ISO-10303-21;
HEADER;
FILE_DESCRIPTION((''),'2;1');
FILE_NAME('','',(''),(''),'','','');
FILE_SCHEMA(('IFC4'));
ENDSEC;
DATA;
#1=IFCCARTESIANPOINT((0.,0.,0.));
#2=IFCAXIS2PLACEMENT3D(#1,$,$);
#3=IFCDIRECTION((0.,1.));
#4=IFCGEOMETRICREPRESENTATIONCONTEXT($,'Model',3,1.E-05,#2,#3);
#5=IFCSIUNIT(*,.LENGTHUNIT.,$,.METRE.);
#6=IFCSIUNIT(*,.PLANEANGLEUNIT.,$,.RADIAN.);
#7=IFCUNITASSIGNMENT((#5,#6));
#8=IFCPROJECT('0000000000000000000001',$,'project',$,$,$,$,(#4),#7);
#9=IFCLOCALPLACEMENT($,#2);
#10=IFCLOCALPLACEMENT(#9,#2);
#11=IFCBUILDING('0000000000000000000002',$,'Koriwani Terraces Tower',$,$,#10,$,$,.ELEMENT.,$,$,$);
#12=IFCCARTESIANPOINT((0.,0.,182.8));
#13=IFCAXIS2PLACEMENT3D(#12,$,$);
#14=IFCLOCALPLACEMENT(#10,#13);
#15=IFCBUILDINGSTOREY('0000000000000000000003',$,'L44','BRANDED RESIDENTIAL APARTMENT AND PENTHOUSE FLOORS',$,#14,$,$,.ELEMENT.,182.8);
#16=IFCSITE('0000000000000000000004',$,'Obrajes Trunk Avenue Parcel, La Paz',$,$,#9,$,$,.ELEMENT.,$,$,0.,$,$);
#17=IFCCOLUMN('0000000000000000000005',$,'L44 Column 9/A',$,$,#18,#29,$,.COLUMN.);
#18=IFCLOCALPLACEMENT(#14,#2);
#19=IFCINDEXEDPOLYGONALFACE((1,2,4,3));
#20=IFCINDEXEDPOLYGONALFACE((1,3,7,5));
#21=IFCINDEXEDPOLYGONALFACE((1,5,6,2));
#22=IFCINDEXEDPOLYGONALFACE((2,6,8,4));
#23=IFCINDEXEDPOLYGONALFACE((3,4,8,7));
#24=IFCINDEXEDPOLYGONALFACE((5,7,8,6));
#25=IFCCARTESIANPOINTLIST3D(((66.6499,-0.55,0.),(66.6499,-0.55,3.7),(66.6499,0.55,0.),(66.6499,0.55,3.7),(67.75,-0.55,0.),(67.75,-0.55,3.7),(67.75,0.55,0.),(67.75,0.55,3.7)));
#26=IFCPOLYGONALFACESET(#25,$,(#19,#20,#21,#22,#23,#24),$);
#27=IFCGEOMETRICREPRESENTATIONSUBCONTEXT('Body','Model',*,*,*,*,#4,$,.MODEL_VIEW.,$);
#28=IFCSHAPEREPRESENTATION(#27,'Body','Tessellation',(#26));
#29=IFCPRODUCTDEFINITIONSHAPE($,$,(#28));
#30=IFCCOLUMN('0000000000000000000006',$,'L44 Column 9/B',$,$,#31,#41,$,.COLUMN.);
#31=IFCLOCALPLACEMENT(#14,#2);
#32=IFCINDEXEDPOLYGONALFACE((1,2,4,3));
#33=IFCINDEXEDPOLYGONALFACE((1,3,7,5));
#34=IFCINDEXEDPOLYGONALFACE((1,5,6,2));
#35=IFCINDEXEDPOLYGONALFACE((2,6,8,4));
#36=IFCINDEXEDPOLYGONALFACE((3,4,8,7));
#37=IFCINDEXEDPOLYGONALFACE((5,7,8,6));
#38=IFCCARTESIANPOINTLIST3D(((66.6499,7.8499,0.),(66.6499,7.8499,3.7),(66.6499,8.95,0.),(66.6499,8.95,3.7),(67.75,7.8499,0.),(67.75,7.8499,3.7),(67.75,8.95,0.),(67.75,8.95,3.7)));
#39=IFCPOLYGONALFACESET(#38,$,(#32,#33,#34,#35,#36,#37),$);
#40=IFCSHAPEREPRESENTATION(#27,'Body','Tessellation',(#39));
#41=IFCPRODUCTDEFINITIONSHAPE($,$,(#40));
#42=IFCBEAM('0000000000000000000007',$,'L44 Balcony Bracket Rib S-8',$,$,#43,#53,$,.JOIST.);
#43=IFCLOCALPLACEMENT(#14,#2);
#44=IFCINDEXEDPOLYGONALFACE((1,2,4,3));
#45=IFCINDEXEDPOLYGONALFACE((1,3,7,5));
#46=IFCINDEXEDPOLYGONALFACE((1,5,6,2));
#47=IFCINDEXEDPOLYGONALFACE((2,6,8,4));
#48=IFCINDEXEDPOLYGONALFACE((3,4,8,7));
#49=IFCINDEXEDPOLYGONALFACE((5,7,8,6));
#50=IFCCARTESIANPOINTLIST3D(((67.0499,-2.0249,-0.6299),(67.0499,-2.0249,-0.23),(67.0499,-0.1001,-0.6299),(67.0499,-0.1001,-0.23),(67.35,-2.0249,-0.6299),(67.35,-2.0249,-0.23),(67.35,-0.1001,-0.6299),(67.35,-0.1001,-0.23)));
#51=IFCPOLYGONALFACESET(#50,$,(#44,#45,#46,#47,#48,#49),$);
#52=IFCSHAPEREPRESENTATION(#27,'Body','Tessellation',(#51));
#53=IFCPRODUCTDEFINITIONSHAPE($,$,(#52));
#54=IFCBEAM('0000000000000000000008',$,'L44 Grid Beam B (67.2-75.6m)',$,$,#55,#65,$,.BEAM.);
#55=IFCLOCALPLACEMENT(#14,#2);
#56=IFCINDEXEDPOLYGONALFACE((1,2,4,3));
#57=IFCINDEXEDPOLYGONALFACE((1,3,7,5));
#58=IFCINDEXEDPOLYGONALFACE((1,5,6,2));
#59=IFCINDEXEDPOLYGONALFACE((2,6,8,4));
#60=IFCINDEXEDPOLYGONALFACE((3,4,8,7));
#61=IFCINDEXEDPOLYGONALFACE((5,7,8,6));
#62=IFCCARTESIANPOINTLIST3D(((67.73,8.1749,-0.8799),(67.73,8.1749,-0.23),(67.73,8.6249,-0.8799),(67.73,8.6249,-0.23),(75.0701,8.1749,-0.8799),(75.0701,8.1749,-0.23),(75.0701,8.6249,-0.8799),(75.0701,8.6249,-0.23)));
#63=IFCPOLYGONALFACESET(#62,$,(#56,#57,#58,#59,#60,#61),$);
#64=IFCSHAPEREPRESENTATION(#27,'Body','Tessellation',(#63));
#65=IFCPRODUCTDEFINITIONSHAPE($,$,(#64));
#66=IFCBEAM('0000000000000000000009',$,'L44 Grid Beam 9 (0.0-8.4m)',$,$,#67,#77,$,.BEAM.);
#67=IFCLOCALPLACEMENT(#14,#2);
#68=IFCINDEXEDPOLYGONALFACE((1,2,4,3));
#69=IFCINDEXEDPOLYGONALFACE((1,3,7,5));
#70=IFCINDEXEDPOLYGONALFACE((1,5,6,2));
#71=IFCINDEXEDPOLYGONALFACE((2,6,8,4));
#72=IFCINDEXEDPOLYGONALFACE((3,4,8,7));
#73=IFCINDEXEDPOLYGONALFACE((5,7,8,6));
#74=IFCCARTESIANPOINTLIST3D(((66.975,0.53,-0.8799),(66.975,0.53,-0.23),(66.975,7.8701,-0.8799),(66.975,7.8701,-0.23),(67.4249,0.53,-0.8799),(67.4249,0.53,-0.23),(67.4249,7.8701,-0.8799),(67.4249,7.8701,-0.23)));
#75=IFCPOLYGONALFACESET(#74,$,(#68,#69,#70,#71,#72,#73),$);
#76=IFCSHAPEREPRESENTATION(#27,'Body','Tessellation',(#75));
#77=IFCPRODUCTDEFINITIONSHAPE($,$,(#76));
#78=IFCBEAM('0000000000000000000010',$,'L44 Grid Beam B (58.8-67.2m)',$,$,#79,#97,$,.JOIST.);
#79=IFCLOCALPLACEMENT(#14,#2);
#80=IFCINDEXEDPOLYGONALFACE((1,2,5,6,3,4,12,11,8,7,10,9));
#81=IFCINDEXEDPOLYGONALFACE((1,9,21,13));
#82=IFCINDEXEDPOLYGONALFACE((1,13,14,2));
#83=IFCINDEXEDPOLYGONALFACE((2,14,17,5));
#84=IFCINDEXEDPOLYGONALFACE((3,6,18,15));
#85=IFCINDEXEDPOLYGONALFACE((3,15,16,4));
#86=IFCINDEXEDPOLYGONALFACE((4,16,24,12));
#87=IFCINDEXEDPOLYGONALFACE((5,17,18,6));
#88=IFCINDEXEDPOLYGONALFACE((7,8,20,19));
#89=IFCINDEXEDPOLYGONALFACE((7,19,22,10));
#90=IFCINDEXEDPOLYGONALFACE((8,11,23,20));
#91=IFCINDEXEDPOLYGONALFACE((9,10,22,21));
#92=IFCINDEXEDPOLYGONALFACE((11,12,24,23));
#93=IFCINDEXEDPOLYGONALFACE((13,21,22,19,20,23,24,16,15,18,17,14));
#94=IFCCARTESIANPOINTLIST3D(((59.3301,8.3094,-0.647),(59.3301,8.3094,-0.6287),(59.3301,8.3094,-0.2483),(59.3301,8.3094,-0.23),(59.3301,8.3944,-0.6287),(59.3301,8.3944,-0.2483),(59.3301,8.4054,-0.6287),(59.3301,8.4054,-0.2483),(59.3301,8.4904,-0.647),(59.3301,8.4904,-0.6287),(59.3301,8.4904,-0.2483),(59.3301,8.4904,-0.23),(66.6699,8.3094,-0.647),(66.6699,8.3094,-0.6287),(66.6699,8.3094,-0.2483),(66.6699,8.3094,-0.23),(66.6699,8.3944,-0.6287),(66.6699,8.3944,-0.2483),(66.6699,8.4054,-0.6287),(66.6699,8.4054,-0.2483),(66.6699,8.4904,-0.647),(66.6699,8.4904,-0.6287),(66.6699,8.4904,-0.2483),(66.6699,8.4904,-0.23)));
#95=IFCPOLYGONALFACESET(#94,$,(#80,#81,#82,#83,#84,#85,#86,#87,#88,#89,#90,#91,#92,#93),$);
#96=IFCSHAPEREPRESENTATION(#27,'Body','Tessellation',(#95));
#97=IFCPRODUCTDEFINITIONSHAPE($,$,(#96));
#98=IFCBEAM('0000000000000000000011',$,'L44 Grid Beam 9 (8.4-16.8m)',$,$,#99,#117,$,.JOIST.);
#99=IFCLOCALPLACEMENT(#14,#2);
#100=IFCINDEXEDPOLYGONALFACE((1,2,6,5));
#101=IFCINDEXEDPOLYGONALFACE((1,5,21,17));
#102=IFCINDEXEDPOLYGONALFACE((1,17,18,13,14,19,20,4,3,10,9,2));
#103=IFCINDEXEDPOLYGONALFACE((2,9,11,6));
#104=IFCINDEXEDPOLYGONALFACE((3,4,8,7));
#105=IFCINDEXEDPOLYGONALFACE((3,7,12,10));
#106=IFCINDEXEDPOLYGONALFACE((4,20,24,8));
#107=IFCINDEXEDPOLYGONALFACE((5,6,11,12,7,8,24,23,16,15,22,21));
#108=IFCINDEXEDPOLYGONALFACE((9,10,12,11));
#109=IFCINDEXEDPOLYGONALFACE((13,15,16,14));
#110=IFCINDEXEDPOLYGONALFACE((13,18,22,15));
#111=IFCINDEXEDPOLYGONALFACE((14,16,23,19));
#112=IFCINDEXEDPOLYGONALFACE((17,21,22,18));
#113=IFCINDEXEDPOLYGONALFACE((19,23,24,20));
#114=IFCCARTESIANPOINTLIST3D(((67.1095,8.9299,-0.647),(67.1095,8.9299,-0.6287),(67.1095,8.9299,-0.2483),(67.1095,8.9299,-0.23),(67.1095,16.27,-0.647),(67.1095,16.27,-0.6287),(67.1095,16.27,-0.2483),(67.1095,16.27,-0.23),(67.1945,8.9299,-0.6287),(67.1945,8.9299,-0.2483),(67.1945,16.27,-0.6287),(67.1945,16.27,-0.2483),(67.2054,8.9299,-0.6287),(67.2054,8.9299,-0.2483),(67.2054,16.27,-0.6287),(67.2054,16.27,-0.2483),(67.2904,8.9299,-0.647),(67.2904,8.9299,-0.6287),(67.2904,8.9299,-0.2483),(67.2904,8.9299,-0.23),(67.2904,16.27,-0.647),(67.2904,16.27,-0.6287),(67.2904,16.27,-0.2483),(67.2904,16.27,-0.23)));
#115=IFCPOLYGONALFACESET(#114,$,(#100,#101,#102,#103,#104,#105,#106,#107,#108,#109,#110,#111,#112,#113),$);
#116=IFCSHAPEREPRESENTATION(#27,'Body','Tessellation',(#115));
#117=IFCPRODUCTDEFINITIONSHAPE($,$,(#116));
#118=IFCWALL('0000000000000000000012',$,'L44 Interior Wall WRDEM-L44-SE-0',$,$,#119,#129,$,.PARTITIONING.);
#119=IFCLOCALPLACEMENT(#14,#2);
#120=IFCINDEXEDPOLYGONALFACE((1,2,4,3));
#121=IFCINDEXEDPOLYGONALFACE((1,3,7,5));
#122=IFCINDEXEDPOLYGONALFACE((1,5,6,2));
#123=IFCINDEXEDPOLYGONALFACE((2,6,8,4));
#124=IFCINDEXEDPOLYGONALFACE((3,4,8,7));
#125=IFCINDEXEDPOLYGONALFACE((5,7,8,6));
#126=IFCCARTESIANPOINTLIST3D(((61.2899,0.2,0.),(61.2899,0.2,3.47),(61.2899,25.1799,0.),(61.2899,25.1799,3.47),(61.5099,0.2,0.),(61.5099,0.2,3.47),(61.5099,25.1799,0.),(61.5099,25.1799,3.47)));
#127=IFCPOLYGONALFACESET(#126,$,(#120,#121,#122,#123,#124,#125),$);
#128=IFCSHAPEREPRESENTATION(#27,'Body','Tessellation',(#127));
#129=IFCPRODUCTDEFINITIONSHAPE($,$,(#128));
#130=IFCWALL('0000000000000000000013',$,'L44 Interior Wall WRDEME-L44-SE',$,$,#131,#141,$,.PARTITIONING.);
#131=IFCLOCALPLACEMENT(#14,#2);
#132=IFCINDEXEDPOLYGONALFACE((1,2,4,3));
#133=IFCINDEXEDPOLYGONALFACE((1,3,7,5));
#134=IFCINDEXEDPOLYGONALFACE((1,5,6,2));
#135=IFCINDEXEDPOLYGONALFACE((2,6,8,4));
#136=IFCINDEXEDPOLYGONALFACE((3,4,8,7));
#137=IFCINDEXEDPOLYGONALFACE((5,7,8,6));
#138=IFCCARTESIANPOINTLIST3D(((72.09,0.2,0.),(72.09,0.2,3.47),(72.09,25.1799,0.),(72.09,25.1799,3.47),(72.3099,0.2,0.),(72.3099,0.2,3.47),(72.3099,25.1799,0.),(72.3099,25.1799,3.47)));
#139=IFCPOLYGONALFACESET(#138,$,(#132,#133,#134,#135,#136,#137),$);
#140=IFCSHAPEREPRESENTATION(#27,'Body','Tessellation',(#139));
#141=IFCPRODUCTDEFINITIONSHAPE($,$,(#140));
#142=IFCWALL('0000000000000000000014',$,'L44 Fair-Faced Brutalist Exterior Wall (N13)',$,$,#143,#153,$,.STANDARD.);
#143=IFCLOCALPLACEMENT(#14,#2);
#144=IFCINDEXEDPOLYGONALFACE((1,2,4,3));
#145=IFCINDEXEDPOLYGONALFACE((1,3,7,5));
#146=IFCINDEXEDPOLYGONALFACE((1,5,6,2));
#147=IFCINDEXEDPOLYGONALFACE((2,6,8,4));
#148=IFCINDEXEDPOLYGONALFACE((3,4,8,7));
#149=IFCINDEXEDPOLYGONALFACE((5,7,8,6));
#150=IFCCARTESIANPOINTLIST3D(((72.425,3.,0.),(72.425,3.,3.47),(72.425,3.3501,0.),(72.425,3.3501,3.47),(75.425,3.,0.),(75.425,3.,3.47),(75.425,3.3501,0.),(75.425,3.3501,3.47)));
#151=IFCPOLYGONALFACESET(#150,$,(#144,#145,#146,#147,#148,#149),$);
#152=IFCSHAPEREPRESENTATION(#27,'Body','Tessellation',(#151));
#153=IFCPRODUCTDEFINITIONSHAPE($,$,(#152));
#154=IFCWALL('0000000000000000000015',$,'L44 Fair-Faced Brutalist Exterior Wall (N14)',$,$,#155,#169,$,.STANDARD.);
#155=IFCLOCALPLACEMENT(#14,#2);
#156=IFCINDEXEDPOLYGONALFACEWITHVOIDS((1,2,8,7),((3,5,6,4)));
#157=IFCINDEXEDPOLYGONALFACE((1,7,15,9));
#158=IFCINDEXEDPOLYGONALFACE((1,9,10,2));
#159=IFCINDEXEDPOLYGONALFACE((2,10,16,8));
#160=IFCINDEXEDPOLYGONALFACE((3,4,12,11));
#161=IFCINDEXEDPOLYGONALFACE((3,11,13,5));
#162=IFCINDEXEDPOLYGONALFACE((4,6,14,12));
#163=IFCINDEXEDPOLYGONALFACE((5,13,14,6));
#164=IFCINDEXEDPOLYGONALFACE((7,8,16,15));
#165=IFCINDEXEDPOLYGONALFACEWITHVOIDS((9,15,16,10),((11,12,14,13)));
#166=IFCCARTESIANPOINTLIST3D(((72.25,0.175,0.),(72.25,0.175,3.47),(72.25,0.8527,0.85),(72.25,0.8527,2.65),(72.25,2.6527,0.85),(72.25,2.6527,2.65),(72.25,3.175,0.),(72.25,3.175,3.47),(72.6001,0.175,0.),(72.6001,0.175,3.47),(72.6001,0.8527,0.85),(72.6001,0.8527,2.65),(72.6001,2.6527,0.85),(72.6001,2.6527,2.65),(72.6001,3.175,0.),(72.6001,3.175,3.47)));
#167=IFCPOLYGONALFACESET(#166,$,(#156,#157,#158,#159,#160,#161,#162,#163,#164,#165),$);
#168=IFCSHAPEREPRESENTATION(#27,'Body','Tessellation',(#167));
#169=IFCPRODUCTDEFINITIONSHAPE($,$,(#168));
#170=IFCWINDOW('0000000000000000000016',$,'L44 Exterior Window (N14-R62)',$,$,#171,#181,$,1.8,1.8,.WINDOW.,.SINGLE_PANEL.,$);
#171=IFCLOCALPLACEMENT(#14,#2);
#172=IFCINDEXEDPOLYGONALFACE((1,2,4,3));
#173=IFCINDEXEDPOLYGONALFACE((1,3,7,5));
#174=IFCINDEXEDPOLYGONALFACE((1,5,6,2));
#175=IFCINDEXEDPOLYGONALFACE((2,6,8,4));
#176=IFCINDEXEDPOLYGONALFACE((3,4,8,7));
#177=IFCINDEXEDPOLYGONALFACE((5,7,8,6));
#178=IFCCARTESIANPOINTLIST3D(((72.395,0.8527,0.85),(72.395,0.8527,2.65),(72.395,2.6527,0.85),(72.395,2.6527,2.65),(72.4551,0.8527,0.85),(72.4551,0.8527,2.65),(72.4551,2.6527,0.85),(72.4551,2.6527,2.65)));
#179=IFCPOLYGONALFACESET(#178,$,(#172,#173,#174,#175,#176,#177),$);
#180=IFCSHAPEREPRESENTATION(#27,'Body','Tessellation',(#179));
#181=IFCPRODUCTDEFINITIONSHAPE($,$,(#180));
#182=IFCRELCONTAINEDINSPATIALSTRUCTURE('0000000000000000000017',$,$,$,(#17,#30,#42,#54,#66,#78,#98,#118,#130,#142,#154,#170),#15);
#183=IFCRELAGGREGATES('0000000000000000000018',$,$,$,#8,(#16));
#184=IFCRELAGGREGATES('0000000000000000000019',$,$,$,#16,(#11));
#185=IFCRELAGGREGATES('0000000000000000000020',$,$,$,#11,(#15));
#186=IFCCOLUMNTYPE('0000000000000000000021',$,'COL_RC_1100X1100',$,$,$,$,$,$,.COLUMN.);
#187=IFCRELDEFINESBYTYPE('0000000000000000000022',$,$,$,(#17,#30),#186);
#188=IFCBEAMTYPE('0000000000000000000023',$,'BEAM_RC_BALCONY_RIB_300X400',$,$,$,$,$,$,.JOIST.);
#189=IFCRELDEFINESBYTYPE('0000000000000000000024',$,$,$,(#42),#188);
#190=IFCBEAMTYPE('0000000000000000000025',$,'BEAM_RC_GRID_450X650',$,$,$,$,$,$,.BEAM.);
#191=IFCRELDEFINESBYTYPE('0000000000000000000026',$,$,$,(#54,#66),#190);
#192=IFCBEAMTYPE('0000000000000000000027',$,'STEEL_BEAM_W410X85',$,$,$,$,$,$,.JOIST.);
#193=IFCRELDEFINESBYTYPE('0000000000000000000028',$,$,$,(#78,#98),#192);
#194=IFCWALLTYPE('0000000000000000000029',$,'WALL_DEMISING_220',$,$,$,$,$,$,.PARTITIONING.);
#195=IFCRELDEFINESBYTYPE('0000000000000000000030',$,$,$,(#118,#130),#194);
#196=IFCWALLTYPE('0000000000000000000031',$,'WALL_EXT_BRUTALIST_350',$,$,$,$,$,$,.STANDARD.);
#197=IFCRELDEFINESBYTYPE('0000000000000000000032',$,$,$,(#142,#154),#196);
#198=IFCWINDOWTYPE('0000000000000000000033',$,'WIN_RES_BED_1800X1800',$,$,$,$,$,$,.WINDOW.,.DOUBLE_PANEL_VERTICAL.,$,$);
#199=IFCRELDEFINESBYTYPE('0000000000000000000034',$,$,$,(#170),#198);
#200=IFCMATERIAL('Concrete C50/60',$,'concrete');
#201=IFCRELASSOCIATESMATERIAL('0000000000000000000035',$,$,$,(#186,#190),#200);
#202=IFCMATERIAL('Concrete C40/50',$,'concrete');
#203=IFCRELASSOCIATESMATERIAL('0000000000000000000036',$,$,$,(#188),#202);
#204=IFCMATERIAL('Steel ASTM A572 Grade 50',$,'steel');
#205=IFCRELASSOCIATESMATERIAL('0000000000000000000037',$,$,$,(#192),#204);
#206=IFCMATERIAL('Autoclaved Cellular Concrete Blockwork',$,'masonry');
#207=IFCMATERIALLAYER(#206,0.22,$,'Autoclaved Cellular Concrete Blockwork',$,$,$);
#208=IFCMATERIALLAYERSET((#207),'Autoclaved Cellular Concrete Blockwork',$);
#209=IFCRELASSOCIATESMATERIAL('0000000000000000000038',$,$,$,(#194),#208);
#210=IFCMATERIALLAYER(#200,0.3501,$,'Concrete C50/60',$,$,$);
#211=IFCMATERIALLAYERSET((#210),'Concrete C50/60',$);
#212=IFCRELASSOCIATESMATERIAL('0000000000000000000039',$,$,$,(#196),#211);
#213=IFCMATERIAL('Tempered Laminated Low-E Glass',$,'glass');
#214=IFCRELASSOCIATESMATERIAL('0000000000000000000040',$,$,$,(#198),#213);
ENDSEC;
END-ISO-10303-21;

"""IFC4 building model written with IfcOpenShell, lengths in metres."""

from ifc_helpers import new_model, si_unit, direction, frame, frame_2d, origin, origin_2d, place, context, subcontext, project, spatial, rectangle, i_section, extrude, material, layer, layer_set, material_profile, profile_set, type_object, element, fill, save


model = new_model("IFC4")

# Units and contexts
model_context = context("Model", 3, precision=1e-05, world=origin(), true_north=direction((0.0, 1.0)))
body_context = subcontext(model_context, "Body", "Model", "MODEL_VIEW")
ifc_project = project(units=[si_unit("LENGTHUNIT", "METRE"), si_unit("PLANEANGLEUNIT", "RADIAN")], contexts=[model_context])

# Site, building, storey
site_placement = place(None, origin())
site = spatial("IfcSite", under=ifc_project, at=site_placement, Name="Obrajes Trunk Avenue Parcel, La Paz", CompositionType="ELEMENT", RefElevation=0.0)
building_placement = place(site_placement, origin())
building = spatial("IfcBuilding", under=site, at=building_placement, Name="Koriwani Terraces Tower", CompositionType="ELEMENT")
storey_placement = place(building_placement, frame((0.0, 0.0, 182.8)))
storey = spatial("IfcBuildingStorey", under=building, at=storey_placement, Name="L44", Description="BRANDED RESIDENTIAL APARTMENT AND PENTHOUSE FLOORS", CompositionType="ELEMENT", Elevation=182.8)

# Columns
ifc_material_1 = material(Name="Concrete C50/60", Category="concrete")
ifc_material_profile_1 = material_profile(ifc_material_1, rectangle(XDim=1.1001, YDim=1.1001, at=origin_2d()), Name="Concrete C50/60", Category="LoadBearing")
ifc_profile_set_1 = profile_set([ifc_material_profile_1], Name="Concrete C50/60")
column_type = type_object("IfcColumnType", Name="COL_RC_1100X1100", PredefinedType="COLUMN", material=ifc_profile_set_1)
for number, where, z_axis, x_axis, name in (
    (1, (67.2, 0.0, 0.0), (0.0, 0.0, 1.0), (1.0, 0.0, 0.0), "L44 Column 9/A"),
    (2, (67.2, 8.3999, 0.0), (0.0, 0.0, 1.0), (1.0, 0.0, 0.0), "L44 Column 9/B"),
):
    element("IfcColumn", number, at=place(storey_placement, frame(where, z_axis=z_axis, x_axis=x_axis)), inside=storey, type_object=column_type, Name=name, PredefinedType="COLUMN", context=body_context, shape_type="SweptSolid", body=[
        extrude(rectangle(XDim=1.1001, YDim=1.1001, at=origin_2d()), origin(), (0.0, 0.0, 1.0), 3.7),
    ])

# Beams
ifc_material_2 = material(Name="Concrete C40/50", Category="concrete")
ifc_material_profile_2 = material_profile(ifc_material_2, rectangle(XDim=0.3, YDim=0.3999, at=origin_2d()), Name="Concrete C40/50", Category="LoadBearing")
ifc_profile_set_2 = profile_set([ifc_material_profile_2], Name="Concrete C40/50")
beam_type_1 = type_object("IfcBeamType", Name="BEAM_RC_BALCONY_RIB_300X400", PredefinedType="JOIST", material=ifc_profile_set_2)
beam_1_placement = place(storey_placement, frame((67.2, -2.0249, -0.4299), z_axis=(0.0, 1.0, 0.0), x_axis=(-1.0, 0.0, 0.0)))
element("IfcBeam", 3, at=beam_1_placement, inside=storey, type_object=beam_type_1, Name="L44 Balcony Bracket Rib S-8", PredefinedType="JOIST", context=body_context, shape_type="SweptSolid", body=[
    extrude(rectangle(XDim=0.3, YDim=0.3999, at=origin_2d()), origin(), (0.0, 0.0, 1.0), 1.9248),
])
ifc_material_profile_3 = material_profile(ifc_material_1, rectangle(XDim=0.45, YDim=0.6499, at=origin_2d()), Name="Concrete C50/60", Category="LoadBearing")
ifc_profile_set_3 = profile_set([ifc_material_profile_3], Name="Concrete C50/60")
beam_type_2 = type_object("IfcBeamType", Name="BEAM_RC_GRID_450X650", PredefinedType="BEAM", material=ifc_profile_set_3)
for number, where, z_axis, x_axis, name in (
    (4, (67.73, 8.3999, -0.5549), (1.0, 0.0, 0.0), (0.0, 1.0, 0.0), "L44 Grid Beam B (67.2-75.6m)"),
    (5, (67.2, 0.53, -0.5549), (0.0, 1.0, 0.0), (-1.0, 0.0, 0.0), "L44 Grid Beam 9 (0.0-8.4m)"),
):
    element("IfcBeam", number, at=place(storey_placement, frame(where, z_axis=z_axis, x_axis=x_axis)), inside=storey, type_object=beam_type_2, Name=name, PredefinedType="BEAM", context=body_context, shape_type="SweptSolid", body=[
        extrude(rectangle(XDim=0.45, YDim=0.6499, at=origin_2d()), origin(), (0.0, 0.0, 1.0), 7.3401),
    ])
ifc_material_3 = material(Name="Steel ASTM A572 Grade 50", Category="steel")
ifc_material_profile_4 = material_profile(ifc_material_3, i_section(OverallWidth=0.1809, OverallDepth=0.417, WebThickness=0.011, FlangeThickness=0.0183, at=origin_2d()), Name="Steel ASTM A572 Grade 50", Category="LoadBearing")
ifc_profile_set_4 = profile_set([ifc_material_profile_4], Name="Steel ASTM A572 Grade 50")
beam_type_3 = type_object("IfcBeamType", Name="STEEL_BEAM_W410X85", PredefinedType="JOIST", material=ifc_profile_set_4)
beam_2_placement = place(storey_placement, frame((59.3301, 8.3999, -0.4385), z_axis=(1.0, 0.0, 0.0), x_axis=(0.0, 1.0, 0.0)))
element("IfcBeam", 6, at=beam_2_placement, inside=storey, type_object=beam_type_3, Name="L44 Grid Beam B (58.8-67.2m)", PredefinedType="JOIST", context=body_context, shape_type="SweptSolid", body=[
    extrude(i_section(OverallWidth=0.1809, OverallDepth=0.417, WebThickness=0.011, FlangeThickness=0.0183, at=origin_2d()), origin(), (0.0, 0.0, 1.0), 7.3398),
])
beam_3_placement = place(storey_placement, frame((67.2, 8.9299, -0.4385), z_axis=(0.0, 1.0, 0.0), x_axis=(-1.0, 0.0, 0.0)))
element("IfcBeam", 7, at=beam_3_placement, inside=storey, type_object=beam_type_3, Name="L44 Grid Beam 9 (8.4-16.8m)", PredefinedType="JOIST", context=body_context, shape_type="SweptSolid", body=[
    extrude(i_section(OverallWidth=0.1809, OverallDepth=0.417, WebThickness=0.011, FlangeThickness=0.0183, at=origin_2d()), origin(), (0.0, 0.0, 1.0), 7.3401),
])

# Walls
ifc_material_4 = material(Name="Autoclaved Cellular Concrete Blockwork", Category="masonry")
ifc_layer_1 = layer(ifc_material_4, 0.22, Name="Autoclaved Cellular Concrete Blockwork")
ifc_layer_set_1 = layer_set([ifc_layer_1], Name="Autoclaved Cellular Concrete Blockwork")
wall_type_1 = type_object("IfcWallType", Name="WALL_DEMISING_220", PredefinedType="PARTITIONING", material=ifc_layer_set_1)
for number, where, z_axis, x_axis, name in (
    (8, (61.3999, 0.2, 0.0), (0.0, 0.0, 1.0), (0.0, 1.0, 0.0), "L44 Interior Wall WRDEM-L44-SE-0"),
    (9, (72.2, 0.2, 0.0), (0.0, 0.0, 1.0), (0.0, 1.0, 0.0), "L44 Interior Wall WRDEME-L44-SE"),
):
    element("IfcWall", number, at=place(storey_placement, frame(where, z_axis=z_axis, x_axis=x_axis)), inside=storey, type_object=wall_type_1, Name=name, PredefinedType="PARTITIONING", context=body_context, shape_type="SweptSolid", body=[
        extrude(rectangle(XDim=24.98, YDim=0.22, at=frame_2d((12.49, 0.0))), origin(), (0.0, 0.0, 1.0), 3.47),
    ])
ifc_layer_2 = layer(ifc_material_1, 0.3501, Name="Concrete C50/60")
ifc_layer_set_2 = layer_set([ifc_layer_2], Name="Concrete C50/60")
wall_type_2 = type_object("IfcWallType", Name="WALL_EXT_BRUTALIST_350", PredefinedType="STANDARD", material=ifc_layer_set_2)
wall_1_placement = place(storey_placement, frame((75.425, 3.175, 0.0), z_axis=(0.0, 0.0, 1.0), x_axis=(-1.0, 0.0, 0.0)))
element("IfcWall", 10, at=wall_1_placement, inside=storey, type_object=wall_type_2, Name="L44 Fair-Faced Brutalist Exterior Wall (N13)", PredefinedType="STANDARD", context=body_context, shape_type="SweptSolid", body=[
    extrude(rectangle(XDim=3.0, YDim=0.3501, at=frame_2d((1.5, 0.0))), origin(), (0.0, 0.0, 1.0), 3.47),
])

# Wall, opening, window
wall_2_placement = place(storey_placement, frame((72.425, 3.175, 0.0), z_axis=(0.0, 0.0, 1.0), x_axis=(0.0, -1.0, 0.0)))
wall_2 = element("IfcWall", 11, at=wall_2_placement, inside=storey, type_object=wall_type_2, Name="L44 Fair-Faced Brutalist Exterior Wall (N14)", PredefinedType="STANDARD", context=body_context, shape_type="SweptSolid", body=[
    extrude(rectangle(XDim=3.0, YDim=0.3501, at=frame_2d((1.5, 0.0))), origin(), (0.0, 0.0, 1.0), 3.47),
])
opening_1_placement = place(wall_2_placement, frame((0.5225, 0.0, 0.8501)))
opening_1 = element("IfcOpeningElement", 12, at=opening_1_placement, cuts=wall_2, PredefinedType="OPENING", context=body_context, shape_type="SweptSolid", body=[
    extrude(rectangle(XDim=1.8, YDim=1.8, at=frame_2d((0.8999, 0.8999))), frame((0.0, 0.1851, 0.0), z_axis=(0.0, -1.0, 0.0), x_axis=(1.0, 0.0, 0.0)), (0.0, 0.0, 1.0), 0.3701),
])
ifc_material_5 = material(Name="Tempered Laminated Low-E Glass", Category="glass")
window_type_1 = type_object("IfcWindowType", Name="WIN_RES_BED_1800X1800", PartitioningType="DOUBLE_PANEL_VERTICAL", PredefinedType="WINDOW", material=ifc_material_5)
window_1_placement = place(opening_1_placement, origin())
window_1 = element("IfcWindow", 13, at=window_1_placement, inside=storey, type_object=window_type_1, Name="L44 Exterior Window (N14-R62)", OverallHeight=1.8, OverallWidth=1.8, PartitioningType="SINGLE_PANEL", PredefinedType="WINDOW", context=body_context, shape_type="SweptSolid", body=[
    extrude(rectangle(XDim=1.8, YDim=1.8, at=frame_2d((0.8999, 0.8999))), frame((0.0, 0.03, 0.0), z_axis=(0.0, -1.0, 0.0), x_axis=(1.0, 0.0, 0.0)), (0.0, 0.0, 1.0), 0.0601),
])
fill(opening_1, window_1)

save(model, "model.ifc")
